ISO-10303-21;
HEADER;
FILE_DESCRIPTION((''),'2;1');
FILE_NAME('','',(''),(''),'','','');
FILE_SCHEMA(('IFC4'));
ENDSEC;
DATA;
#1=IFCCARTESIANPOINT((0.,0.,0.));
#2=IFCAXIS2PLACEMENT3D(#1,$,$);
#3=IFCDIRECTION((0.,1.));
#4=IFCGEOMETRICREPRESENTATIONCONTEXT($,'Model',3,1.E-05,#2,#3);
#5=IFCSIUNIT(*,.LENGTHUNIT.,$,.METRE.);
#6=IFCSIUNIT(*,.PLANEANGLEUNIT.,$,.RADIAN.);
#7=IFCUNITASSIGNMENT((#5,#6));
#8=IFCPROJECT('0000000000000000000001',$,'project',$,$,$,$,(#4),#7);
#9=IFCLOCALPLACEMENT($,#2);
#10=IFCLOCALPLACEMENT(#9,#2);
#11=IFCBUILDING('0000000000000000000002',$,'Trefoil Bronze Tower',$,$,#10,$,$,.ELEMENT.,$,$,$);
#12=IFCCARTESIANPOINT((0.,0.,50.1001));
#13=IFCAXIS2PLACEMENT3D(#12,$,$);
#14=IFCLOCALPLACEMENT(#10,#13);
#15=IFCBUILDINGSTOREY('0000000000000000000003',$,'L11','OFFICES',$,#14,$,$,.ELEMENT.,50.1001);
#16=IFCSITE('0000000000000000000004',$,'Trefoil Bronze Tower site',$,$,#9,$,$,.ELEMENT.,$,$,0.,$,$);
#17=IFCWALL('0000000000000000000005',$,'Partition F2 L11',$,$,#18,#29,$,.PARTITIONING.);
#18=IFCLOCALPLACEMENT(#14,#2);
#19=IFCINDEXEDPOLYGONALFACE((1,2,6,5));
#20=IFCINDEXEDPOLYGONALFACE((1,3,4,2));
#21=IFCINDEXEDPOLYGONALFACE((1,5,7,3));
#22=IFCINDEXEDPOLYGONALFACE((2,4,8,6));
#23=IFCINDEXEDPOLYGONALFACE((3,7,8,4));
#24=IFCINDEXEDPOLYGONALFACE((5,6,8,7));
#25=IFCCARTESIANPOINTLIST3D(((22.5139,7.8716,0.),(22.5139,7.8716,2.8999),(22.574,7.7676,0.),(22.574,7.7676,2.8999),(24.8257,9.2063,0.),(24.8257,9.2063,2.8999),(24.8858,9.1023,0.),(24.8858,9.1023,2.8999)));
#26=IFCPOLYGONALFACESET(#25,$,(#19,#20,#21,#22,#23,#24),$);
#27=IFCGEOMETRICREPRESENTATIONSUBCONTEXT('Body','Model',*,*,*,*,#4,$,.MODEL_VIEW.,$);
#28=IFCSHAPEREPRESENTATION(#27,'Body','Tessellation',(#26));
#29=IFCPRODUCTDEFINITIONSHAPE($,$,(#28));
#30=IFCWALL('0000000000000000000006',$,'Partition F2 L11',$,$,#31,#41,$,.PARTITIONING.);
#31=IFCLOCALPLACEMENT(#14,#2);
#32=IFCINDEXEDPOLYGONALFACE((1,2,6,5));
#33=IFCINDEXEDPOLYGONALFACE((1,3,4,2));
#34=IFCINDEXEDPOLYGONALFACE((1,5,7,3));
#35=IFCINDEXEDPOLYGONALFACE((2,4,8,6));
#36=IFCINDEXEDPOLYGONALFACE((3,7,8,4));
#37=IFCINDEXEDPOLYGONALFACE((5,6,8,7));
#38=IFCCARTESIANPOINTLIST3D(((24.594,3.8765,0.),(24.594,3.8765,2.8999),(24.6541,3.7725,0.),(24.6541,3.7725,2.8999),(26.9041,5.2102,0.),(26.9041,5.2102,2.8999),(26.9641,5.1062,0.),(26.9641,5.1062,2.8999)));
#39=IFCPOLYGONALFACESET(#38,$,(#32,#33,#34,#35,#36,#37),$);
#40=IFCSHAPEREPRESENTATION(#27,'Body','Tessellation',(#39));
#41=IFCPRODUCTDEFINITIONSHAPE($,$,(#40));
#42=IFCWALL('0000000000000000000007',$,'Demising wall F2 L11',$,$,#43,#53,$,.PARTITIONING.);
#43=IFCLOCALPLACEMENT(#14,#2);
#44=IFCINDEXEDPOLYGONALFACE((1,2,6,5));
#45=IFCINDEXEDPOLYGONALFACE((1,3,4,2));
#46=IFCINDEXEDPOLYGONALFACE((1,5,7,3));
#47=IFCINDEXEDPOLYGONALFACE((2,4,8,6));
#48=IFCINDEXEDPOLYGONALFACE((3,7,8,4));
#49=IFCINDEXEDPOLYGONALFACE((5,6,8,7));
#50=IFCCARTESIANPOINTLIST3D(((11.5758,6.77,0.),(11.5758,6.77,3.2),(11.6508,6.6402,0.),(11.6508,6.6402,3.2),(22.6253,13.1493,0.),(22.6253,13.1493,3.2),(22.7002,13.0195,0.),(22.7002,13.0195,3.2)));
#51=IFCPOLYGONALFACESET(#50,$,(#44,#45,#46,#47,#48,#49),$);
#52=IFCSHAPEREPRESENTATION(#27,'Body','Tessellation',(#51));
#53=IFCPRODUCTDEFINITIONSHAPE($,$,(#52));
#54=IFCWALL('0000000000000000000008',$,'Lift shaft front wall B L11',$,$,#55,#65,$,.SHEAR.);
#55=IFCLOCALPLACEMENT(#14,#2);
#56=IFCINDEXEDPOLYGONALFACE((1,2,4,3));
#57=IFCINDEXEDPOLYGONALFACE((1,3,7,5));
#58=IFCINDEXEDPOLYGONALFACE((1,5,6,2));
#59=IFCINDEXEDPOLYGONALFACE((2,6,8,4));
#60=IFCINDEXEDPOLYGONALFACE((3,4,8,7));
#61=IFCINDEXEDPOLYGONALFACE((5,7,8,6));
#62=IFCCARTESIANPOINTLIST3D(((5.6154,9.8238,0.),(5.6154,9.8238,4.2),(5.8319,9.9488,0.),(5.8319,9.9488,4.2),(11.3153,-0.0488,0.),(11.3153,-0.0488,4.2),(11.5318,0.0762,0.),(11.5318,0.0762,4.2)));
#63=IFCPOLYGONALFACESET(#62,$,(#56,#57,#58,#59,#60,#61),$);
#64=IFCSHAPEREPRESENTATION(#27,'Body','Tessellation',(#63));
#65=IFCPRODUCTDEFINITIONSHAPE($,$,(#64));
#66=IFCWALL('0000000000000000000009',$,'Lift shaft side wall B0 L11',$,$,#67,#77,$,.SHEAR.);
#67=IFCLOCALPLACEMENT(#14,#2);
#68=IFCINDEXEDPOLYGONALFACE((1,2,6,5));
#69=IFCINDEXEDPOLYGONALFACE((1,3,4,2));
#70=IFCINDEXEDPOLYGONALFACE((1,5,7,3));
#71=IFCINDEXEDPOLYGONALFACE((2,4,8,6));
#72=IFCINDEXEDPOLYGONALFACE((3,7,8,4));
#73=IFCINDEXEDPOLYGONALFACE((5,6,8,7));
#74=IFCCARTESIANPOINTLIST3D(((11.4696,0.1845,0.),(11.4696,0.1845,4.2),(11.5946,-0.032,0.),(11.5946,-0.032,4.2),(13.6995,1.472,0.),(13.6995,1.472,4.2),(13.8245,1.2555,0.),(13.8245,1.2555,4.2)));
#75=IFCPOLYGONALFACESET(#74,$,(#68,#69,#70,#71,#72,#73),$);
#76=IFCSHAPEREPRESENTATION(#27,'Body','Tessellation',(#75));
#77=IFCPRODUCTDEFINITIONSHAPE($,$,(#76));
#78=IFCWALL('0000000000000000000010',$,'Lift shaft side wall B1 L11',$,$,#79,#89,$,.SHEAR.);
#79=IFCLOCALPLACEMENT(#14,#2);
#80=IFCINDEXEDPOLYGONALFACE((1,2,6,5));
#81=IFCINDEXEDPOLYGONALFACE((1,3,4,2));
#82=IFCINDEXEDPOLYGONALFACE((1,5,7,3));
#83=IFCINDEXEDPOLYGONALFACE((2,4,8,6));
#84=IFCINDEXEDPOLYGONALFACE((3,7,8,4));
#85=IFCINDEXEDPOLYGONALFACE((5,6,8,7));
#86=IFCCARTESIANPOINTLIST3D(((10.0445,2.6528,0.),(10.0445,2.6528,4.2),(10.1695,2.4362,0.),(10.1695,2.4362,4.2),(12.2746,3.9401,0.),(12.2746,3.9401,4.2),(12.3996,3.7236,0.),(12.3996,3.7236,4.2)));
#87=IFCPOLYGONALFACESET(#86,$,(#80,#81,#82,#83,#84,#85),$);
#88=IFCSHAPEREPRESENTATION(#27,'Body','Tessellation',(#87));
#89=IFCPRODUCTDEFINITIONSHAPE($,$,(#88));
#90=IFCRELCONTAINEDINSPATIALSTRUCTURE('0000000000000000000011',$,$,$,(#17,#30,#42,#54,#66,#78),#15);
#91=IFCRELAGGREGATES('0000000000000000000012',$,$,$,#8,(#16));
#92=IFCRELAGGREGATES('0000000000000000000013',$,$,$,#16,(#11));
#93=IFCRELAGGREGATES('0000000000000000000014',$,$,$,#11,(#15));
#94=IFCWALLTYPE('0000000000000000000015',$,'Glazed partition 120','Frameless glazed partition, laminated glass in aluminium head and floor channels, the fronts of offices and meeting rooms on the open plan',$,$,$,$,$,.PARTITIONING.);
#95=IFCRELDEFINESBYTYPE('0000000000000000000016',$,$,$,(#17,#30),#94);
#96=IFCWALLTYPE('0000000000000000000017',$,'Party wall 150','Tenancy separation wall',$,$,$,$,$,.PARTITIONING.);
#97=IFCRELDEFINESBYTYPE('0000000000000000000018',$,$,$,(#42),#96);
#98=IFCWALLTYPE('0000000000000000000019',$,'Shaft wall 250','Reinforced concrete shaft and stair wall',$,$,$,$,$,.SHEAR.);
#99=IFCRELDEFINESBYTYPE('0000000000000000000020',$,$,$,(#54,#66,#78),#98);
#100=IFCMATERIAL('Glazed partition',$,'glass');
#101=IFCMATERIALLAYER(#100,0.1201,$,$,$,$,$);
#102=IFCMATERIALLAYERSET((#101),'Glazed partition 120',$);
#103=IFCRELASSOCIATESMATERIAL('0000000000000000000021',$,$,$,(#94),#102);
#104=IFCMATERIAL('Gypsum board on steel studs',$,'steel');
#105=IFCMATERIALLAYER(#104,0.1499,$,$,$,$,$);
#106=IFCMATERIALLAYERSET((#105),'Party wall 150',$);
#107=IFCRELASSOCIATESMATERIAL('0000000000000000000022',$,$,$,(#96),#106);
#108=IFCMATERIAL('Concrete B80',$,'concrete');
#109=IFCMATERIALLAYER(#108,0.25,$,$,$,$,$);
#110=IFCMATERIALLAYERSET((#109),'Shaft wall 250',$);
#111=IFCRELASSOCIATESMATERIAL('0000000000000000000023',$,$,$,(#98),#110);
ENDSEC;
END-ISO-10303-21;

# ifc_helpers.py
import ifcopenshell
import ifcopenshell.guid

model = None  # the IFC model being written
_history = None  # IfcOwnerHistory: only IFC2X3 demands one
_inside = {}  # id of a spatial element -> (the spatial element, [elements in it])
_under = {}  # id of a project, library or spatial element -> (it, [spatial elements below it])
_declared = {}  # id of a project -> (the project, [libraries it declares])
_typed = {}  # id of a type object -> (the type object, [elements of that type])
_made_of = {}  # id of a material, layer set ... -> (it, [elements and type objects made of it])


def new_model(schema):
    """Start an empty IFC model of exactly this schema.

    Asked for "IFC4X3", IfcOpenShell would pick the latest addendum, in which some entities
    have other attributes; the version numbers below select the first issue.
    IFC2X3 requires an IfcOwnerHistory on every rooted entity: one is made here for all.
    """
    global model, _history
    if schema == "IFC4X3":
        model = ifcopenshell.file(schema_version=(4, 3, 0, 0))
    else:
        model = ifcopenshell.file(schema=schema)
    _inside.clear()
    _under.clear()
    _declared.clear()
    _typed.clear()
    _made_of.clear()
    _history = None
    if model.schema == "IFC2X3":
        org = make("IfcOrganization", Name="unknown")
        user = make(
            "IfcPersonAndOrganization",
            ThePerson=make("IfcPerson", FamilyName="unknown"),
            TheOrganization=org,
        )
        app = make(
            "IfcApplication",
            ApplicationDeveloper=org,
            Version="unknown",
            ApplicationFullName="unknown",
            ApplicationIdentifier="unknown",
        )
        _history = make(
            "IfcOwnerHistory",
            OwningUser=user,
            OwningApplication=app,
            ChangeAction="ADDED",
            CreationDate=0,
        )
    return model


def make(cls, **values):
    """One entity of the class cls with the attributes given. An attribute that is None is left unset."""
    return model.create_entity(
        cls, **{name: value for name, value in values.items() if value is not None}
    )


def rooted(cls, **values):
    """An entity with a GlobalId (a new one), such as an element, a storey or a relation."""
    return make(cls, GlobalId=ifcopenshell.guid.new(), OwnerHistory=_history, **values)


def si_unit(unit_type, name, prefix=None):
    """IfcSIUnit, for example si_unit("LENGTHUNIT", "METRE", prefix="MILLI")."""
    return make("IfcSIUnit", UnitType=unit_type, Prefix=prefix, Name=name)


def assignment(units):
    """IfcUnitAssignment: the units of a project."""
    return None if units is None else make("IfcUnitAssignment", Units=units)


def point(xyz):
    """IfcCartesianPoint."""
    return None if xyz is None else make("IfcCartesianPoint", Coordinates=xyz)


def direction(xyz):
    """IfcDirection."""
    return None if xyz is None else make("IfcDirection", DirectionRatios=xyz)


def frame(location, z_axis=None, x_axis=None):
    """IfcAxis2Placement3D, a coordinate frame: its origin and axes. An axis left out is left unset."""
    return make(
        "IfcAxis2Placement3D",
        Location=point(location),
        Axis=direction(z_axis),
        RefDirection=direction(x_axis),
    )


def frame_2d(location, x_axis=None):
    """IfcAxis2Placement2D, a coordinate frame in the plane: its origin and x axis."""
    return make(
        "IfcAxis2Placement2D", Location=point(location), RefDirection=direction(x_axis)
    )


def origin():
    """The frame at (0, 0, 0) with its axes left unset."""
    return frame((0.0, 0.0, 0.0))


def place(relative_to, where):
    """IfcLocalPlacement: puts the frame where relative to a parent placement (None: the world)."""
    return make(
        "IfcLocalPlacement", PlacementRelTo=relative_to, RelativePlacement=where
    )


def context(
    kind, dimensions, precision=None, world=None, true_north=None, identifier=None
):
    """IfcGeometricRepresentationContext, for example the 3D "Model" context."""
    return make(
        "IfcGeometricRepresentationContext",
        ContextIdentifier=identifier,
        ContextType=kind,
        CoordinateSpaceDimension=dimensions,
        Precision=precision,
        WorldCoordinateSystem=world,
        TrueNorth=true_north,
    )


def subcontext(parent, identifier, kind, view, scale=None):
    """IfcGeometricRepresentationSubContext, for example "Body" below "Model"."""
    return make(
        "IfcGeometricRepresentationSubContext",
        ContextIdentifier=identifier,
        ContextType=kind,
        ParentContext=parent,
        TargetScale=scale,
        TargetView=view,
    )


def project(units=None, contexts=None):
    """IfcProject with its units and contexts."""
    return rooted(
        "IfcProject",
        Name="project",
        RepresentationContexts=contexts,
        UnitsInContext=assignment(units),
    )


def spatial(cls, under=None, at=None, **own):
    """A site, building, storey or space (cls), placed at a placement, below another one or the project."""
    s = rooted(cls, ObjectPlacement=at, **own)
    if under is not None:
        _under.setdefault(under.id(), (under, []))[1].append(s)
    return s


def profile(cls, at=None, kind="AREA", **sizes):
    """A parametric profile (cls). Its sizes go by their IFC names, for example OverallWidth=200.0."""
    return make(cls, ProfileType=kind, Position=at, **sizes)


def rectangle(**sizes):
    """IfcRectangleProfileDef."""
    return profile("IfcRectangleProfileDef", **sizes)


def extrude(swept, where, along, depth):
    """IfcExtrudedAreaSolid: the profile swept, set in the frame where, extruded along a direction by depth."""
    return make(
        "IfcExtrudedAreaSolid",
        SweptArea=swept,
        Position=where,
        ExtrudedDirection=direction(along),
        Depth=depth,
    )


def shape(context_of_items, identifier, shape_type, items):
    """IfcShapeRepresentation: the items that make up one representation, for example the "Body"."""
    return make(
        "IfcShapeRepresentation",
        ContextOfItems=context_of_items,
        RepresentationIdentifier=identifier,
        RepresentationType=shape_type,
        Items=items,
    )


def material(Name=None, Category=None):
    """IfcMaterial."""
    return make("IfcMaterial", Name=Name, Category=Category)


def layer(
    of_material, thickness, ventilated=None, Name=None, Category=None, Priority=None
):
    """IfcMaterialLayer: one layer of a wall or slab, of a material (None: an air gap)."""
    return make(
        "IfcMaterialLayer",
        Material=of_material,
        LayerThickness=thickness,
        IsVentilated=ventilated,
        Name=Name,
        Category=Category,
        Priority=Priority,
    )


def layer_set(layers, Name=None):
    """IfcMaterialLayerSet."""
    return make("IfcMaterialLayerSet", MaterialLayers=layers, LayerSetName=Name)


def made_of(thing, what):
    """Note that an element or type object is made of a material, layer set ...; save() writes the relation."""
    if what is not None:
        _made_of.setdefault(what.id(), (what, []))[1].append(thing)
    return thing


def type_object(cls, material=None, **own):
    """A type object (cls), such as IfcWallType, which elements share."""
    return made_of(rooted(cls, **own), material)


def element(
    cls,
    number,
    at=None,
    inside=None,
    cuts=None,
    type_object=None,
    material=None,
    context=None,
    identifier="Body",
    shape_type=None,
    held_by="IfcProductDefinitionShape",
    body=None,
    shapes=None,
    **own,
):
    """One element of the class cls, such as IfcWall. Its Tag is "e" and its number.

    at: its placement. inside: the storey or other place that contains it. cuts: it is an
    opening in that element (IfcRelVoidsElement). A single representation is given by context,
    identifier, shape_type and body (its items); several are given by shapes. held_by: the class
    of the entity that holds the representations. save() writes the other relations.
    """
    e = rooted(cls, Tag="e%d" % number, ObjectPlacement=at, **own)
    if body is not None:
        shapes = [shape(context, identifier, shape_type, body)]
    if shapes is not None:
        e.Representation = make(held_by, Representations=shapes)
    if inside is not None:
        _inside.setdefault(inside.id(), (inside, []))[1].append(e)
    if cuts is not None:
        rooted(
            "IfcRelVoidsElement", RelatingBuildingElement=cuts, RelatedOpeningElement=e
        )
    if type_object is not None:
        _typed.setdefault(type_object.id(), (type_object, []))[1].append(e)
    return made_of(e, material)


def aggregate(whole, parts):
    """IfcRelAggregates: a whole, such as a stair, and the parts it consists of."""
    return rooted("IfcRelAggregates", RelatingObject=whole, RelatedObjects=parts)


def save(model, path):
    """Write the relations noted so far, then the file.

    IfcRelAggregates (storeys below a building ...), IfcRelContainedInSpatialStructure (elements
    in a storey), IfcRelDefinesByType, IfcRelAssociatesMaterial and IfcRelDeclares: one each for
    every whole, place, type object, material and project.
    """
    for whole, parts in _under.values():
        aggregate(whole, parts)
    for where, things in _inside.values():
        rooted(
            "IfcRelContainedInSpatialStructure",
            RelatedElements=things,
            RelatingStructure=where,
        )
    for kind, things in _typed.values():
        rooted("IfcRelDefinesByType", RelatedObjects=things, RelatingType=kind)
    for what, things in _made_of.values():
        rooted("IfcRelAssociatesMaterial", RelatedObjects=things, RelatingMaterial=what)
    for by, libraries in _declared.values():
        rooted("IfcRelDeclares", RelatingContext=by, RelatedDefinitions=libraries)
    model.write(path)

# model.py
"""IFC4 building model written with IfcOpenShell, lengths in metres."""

from ifc_helpers import new_model, si_unit, direction, frame, frame_2d, origin, place, context, subcontext, project, spatial, rectangle, extrude, material, layer, layer_set, type_object, element, save


model = new_model("IFC4")

# Units and contexts
model_context = context("Model", 3, precision=1e-05, world=origin(), true_north=direction((0.0, 1.0)))
body_context = subcontext(model_context, "Body", "Model", "MODEL_VIEW")
ifc_project = project(units=[si_unit("LENGTHUNIT", "METRE"), si_unit("PLANEANGLEUNIT", "RADIAN")], contexts=[model_context])

# Site, building, storey
site_placement = place(None, origin())
site = spatial("IfcSite", under=ifc_project, at=site_placement, Name="Trefoil Bronze Tower site", CompositionType="ELEMENT", RefElevation=0.0)
building_placement = place(site_placement, origin())
building = spatial("IfcBuilding", under=site, at=building_placement, Name="Trefoil Bronze Tower", CompositionType="ELEMENT")
storey_placement = place(building_placement, frame((0.0, 0.0, 50.1001)))
storey = spatial("IfcBuildingStorey", under=building, at=storey_placement, Name="L11", Description="OFFICES", CompositionType="ELEMENT", Elevation=50.1001)

# Shared definitions
ifc_material_1 = material(Name="Glazed partition", Category="glass")
ifc_layer_1 = layer(ifc_material_1, 0.1201)
ifc_layer_set_1 = layer_set([ifc_layer_1], Name="Glazed partition 120")
wall_type_1 = type_object("IfcWallType", Name="Glazed partition 120", Description="Frameless glazed partition, laminated glass in aluminium head and floor channels, the fronts of offices and meeting rooms on the open plan", PredefinedType="PARTITIONING", material=ifc_layer_set_1)

# Walls
wall_1_placement = place(storey_placement, frame((22.5439, 7.8196, 0.0), z_axis=(0.0, 0.0, 1.0), x_axis=(0.866023, 0.500005, 0.0)))
element("IfcWall", 1, at=wall_1_placement, inside=storey, type_object=wall_type_1, Name="Partition F2 L11", PredefinedType="PARTITIONING", context=body_context, shape_type="SweptSolid", body=[
    extrude(rectangle(XDim=2.6694, YDim=0.1201, at=frame_2d((1.3347, 0.0))), origin(), (0.0, 0.0, 1.0), 2.8999),
])
wall_2_placement = place(storey_placement, frame((24.624, 3.8245, 0.0), z_axis=(0.0, 0.0, 1.0), x_axis=(0.866021, 0.500008, 0.0)))
element("IfcWall", 2, at=wall_2_placement, inside=storey, type_object=wall_type_1, Name="Partition F2 L11", PredefinedType="PARTITIONING", context=body_context, shape_type="SweptSolid", body=[
    extrude(rectangle(XDim=2.6675, YDim=0.1201, at=frame_2d((1.3337, 0.0))), origin(), (0.0, 0.0, 1.0), 2.8999),
])
ifc_material_2 = material(Name="Gypsum board on steel studs", Category="steel")
ifc_layer_2 = layer(ifc_material_2, 0.1499)
ifc_layer_set_2 = layer_set([ifc_layer_2], Name="Party wall 150")
wall_type_2 = type_object("IfcWallType", Name="Party wall 150", Description="Tenancy separation wall", PredefinedType="PARTITIONING", material=ifc_layer_set_2)
wall_3_placement = place(storey_placement, frame((11.6133, 6.7051, 0.0), z_axis=(0.0, 0.0, 1.0), x_axis=(0.866028, 0.499996, 0.0)))
element("IfcWall", 3, at=wall_3_placement, inside=storey, type_object=wall_type_2, Name="Demising wall F2 L11", PredefinedType="PARTITIONING", context=body_context, shape_type="SweptSolid", body=[
    extrude(rectangle(XDim=12.7588, YDim=0.1499, at=frame_2d((6.3794, 0.0))), origin(), (0.0, 0.0, 1.0), 3.2),
])
ifc_material_3 = material(Name="Concrete B80", Category="concrete")
ifc_layer_3 = layer(ifc_material_3, 0.25)
ifc_layer_set_3 = layer_set([ifc_layer_3], Name="Shaft wall 250")
wall_type_3 = type_object("IfcWallType", Name="Shaft wall 250", Description="Reinforced concrete shaft and stair wall", PredefinedType="SHEAR", material=ifc_layer_set_3)
wall_4_placement = place(storey_placement, frame((11.4236, 0.0137, 0.0), z_axis=(0.0, 0.0, 1.0), x_axis=(-0.500002, 0.866024, 0.0)))
element("IfcWall", 4, at=wall_4_placement, inside=storey, type_object=wall_type_3, Name="Lift shaft front wall B L11", PredefinedType="SHEAR", context=body_context, shape_type="SweptSolid", body=[
    extrude(rectangle(XDim=11.3999, YDim=0.25, at=frame_2d((5.7, 0.0))), origin(), (0.0, 0.0, 1.0), 4.2),
])
for number, where, z_axis, x_axis, name in (
    (5, (11.532, 0.0762, 0.0), (0.0, 0.0, 1.0), (0.866006, 0.500034, 0.0), "Lift shaft side wall B0 L11"),
    (6, (10.1069, 2.5444, 0.0), (0.0, 0.0, 1.0), (0.866047, 0.499963, 0.0), "Lift shaft side wall B1 L11"),
):
    element("IfcWall", number, at=place(storey_placement, frame(where, z_axis=z_axis, x_axis=x_axis)), inside=storey, type_object=wall_type_3, Name=name, PredefinedType="SHEAR", context=body_context, shape_type="SweptSolid", body=[
        extrude(rectangle(XDim=2.575, YDim=0.25, at=frame_2d((1.2876, 0.0))), origin(), (0.0, 0.0, 1.0), 4.2),
    ])

save(model, "model.ifc")
